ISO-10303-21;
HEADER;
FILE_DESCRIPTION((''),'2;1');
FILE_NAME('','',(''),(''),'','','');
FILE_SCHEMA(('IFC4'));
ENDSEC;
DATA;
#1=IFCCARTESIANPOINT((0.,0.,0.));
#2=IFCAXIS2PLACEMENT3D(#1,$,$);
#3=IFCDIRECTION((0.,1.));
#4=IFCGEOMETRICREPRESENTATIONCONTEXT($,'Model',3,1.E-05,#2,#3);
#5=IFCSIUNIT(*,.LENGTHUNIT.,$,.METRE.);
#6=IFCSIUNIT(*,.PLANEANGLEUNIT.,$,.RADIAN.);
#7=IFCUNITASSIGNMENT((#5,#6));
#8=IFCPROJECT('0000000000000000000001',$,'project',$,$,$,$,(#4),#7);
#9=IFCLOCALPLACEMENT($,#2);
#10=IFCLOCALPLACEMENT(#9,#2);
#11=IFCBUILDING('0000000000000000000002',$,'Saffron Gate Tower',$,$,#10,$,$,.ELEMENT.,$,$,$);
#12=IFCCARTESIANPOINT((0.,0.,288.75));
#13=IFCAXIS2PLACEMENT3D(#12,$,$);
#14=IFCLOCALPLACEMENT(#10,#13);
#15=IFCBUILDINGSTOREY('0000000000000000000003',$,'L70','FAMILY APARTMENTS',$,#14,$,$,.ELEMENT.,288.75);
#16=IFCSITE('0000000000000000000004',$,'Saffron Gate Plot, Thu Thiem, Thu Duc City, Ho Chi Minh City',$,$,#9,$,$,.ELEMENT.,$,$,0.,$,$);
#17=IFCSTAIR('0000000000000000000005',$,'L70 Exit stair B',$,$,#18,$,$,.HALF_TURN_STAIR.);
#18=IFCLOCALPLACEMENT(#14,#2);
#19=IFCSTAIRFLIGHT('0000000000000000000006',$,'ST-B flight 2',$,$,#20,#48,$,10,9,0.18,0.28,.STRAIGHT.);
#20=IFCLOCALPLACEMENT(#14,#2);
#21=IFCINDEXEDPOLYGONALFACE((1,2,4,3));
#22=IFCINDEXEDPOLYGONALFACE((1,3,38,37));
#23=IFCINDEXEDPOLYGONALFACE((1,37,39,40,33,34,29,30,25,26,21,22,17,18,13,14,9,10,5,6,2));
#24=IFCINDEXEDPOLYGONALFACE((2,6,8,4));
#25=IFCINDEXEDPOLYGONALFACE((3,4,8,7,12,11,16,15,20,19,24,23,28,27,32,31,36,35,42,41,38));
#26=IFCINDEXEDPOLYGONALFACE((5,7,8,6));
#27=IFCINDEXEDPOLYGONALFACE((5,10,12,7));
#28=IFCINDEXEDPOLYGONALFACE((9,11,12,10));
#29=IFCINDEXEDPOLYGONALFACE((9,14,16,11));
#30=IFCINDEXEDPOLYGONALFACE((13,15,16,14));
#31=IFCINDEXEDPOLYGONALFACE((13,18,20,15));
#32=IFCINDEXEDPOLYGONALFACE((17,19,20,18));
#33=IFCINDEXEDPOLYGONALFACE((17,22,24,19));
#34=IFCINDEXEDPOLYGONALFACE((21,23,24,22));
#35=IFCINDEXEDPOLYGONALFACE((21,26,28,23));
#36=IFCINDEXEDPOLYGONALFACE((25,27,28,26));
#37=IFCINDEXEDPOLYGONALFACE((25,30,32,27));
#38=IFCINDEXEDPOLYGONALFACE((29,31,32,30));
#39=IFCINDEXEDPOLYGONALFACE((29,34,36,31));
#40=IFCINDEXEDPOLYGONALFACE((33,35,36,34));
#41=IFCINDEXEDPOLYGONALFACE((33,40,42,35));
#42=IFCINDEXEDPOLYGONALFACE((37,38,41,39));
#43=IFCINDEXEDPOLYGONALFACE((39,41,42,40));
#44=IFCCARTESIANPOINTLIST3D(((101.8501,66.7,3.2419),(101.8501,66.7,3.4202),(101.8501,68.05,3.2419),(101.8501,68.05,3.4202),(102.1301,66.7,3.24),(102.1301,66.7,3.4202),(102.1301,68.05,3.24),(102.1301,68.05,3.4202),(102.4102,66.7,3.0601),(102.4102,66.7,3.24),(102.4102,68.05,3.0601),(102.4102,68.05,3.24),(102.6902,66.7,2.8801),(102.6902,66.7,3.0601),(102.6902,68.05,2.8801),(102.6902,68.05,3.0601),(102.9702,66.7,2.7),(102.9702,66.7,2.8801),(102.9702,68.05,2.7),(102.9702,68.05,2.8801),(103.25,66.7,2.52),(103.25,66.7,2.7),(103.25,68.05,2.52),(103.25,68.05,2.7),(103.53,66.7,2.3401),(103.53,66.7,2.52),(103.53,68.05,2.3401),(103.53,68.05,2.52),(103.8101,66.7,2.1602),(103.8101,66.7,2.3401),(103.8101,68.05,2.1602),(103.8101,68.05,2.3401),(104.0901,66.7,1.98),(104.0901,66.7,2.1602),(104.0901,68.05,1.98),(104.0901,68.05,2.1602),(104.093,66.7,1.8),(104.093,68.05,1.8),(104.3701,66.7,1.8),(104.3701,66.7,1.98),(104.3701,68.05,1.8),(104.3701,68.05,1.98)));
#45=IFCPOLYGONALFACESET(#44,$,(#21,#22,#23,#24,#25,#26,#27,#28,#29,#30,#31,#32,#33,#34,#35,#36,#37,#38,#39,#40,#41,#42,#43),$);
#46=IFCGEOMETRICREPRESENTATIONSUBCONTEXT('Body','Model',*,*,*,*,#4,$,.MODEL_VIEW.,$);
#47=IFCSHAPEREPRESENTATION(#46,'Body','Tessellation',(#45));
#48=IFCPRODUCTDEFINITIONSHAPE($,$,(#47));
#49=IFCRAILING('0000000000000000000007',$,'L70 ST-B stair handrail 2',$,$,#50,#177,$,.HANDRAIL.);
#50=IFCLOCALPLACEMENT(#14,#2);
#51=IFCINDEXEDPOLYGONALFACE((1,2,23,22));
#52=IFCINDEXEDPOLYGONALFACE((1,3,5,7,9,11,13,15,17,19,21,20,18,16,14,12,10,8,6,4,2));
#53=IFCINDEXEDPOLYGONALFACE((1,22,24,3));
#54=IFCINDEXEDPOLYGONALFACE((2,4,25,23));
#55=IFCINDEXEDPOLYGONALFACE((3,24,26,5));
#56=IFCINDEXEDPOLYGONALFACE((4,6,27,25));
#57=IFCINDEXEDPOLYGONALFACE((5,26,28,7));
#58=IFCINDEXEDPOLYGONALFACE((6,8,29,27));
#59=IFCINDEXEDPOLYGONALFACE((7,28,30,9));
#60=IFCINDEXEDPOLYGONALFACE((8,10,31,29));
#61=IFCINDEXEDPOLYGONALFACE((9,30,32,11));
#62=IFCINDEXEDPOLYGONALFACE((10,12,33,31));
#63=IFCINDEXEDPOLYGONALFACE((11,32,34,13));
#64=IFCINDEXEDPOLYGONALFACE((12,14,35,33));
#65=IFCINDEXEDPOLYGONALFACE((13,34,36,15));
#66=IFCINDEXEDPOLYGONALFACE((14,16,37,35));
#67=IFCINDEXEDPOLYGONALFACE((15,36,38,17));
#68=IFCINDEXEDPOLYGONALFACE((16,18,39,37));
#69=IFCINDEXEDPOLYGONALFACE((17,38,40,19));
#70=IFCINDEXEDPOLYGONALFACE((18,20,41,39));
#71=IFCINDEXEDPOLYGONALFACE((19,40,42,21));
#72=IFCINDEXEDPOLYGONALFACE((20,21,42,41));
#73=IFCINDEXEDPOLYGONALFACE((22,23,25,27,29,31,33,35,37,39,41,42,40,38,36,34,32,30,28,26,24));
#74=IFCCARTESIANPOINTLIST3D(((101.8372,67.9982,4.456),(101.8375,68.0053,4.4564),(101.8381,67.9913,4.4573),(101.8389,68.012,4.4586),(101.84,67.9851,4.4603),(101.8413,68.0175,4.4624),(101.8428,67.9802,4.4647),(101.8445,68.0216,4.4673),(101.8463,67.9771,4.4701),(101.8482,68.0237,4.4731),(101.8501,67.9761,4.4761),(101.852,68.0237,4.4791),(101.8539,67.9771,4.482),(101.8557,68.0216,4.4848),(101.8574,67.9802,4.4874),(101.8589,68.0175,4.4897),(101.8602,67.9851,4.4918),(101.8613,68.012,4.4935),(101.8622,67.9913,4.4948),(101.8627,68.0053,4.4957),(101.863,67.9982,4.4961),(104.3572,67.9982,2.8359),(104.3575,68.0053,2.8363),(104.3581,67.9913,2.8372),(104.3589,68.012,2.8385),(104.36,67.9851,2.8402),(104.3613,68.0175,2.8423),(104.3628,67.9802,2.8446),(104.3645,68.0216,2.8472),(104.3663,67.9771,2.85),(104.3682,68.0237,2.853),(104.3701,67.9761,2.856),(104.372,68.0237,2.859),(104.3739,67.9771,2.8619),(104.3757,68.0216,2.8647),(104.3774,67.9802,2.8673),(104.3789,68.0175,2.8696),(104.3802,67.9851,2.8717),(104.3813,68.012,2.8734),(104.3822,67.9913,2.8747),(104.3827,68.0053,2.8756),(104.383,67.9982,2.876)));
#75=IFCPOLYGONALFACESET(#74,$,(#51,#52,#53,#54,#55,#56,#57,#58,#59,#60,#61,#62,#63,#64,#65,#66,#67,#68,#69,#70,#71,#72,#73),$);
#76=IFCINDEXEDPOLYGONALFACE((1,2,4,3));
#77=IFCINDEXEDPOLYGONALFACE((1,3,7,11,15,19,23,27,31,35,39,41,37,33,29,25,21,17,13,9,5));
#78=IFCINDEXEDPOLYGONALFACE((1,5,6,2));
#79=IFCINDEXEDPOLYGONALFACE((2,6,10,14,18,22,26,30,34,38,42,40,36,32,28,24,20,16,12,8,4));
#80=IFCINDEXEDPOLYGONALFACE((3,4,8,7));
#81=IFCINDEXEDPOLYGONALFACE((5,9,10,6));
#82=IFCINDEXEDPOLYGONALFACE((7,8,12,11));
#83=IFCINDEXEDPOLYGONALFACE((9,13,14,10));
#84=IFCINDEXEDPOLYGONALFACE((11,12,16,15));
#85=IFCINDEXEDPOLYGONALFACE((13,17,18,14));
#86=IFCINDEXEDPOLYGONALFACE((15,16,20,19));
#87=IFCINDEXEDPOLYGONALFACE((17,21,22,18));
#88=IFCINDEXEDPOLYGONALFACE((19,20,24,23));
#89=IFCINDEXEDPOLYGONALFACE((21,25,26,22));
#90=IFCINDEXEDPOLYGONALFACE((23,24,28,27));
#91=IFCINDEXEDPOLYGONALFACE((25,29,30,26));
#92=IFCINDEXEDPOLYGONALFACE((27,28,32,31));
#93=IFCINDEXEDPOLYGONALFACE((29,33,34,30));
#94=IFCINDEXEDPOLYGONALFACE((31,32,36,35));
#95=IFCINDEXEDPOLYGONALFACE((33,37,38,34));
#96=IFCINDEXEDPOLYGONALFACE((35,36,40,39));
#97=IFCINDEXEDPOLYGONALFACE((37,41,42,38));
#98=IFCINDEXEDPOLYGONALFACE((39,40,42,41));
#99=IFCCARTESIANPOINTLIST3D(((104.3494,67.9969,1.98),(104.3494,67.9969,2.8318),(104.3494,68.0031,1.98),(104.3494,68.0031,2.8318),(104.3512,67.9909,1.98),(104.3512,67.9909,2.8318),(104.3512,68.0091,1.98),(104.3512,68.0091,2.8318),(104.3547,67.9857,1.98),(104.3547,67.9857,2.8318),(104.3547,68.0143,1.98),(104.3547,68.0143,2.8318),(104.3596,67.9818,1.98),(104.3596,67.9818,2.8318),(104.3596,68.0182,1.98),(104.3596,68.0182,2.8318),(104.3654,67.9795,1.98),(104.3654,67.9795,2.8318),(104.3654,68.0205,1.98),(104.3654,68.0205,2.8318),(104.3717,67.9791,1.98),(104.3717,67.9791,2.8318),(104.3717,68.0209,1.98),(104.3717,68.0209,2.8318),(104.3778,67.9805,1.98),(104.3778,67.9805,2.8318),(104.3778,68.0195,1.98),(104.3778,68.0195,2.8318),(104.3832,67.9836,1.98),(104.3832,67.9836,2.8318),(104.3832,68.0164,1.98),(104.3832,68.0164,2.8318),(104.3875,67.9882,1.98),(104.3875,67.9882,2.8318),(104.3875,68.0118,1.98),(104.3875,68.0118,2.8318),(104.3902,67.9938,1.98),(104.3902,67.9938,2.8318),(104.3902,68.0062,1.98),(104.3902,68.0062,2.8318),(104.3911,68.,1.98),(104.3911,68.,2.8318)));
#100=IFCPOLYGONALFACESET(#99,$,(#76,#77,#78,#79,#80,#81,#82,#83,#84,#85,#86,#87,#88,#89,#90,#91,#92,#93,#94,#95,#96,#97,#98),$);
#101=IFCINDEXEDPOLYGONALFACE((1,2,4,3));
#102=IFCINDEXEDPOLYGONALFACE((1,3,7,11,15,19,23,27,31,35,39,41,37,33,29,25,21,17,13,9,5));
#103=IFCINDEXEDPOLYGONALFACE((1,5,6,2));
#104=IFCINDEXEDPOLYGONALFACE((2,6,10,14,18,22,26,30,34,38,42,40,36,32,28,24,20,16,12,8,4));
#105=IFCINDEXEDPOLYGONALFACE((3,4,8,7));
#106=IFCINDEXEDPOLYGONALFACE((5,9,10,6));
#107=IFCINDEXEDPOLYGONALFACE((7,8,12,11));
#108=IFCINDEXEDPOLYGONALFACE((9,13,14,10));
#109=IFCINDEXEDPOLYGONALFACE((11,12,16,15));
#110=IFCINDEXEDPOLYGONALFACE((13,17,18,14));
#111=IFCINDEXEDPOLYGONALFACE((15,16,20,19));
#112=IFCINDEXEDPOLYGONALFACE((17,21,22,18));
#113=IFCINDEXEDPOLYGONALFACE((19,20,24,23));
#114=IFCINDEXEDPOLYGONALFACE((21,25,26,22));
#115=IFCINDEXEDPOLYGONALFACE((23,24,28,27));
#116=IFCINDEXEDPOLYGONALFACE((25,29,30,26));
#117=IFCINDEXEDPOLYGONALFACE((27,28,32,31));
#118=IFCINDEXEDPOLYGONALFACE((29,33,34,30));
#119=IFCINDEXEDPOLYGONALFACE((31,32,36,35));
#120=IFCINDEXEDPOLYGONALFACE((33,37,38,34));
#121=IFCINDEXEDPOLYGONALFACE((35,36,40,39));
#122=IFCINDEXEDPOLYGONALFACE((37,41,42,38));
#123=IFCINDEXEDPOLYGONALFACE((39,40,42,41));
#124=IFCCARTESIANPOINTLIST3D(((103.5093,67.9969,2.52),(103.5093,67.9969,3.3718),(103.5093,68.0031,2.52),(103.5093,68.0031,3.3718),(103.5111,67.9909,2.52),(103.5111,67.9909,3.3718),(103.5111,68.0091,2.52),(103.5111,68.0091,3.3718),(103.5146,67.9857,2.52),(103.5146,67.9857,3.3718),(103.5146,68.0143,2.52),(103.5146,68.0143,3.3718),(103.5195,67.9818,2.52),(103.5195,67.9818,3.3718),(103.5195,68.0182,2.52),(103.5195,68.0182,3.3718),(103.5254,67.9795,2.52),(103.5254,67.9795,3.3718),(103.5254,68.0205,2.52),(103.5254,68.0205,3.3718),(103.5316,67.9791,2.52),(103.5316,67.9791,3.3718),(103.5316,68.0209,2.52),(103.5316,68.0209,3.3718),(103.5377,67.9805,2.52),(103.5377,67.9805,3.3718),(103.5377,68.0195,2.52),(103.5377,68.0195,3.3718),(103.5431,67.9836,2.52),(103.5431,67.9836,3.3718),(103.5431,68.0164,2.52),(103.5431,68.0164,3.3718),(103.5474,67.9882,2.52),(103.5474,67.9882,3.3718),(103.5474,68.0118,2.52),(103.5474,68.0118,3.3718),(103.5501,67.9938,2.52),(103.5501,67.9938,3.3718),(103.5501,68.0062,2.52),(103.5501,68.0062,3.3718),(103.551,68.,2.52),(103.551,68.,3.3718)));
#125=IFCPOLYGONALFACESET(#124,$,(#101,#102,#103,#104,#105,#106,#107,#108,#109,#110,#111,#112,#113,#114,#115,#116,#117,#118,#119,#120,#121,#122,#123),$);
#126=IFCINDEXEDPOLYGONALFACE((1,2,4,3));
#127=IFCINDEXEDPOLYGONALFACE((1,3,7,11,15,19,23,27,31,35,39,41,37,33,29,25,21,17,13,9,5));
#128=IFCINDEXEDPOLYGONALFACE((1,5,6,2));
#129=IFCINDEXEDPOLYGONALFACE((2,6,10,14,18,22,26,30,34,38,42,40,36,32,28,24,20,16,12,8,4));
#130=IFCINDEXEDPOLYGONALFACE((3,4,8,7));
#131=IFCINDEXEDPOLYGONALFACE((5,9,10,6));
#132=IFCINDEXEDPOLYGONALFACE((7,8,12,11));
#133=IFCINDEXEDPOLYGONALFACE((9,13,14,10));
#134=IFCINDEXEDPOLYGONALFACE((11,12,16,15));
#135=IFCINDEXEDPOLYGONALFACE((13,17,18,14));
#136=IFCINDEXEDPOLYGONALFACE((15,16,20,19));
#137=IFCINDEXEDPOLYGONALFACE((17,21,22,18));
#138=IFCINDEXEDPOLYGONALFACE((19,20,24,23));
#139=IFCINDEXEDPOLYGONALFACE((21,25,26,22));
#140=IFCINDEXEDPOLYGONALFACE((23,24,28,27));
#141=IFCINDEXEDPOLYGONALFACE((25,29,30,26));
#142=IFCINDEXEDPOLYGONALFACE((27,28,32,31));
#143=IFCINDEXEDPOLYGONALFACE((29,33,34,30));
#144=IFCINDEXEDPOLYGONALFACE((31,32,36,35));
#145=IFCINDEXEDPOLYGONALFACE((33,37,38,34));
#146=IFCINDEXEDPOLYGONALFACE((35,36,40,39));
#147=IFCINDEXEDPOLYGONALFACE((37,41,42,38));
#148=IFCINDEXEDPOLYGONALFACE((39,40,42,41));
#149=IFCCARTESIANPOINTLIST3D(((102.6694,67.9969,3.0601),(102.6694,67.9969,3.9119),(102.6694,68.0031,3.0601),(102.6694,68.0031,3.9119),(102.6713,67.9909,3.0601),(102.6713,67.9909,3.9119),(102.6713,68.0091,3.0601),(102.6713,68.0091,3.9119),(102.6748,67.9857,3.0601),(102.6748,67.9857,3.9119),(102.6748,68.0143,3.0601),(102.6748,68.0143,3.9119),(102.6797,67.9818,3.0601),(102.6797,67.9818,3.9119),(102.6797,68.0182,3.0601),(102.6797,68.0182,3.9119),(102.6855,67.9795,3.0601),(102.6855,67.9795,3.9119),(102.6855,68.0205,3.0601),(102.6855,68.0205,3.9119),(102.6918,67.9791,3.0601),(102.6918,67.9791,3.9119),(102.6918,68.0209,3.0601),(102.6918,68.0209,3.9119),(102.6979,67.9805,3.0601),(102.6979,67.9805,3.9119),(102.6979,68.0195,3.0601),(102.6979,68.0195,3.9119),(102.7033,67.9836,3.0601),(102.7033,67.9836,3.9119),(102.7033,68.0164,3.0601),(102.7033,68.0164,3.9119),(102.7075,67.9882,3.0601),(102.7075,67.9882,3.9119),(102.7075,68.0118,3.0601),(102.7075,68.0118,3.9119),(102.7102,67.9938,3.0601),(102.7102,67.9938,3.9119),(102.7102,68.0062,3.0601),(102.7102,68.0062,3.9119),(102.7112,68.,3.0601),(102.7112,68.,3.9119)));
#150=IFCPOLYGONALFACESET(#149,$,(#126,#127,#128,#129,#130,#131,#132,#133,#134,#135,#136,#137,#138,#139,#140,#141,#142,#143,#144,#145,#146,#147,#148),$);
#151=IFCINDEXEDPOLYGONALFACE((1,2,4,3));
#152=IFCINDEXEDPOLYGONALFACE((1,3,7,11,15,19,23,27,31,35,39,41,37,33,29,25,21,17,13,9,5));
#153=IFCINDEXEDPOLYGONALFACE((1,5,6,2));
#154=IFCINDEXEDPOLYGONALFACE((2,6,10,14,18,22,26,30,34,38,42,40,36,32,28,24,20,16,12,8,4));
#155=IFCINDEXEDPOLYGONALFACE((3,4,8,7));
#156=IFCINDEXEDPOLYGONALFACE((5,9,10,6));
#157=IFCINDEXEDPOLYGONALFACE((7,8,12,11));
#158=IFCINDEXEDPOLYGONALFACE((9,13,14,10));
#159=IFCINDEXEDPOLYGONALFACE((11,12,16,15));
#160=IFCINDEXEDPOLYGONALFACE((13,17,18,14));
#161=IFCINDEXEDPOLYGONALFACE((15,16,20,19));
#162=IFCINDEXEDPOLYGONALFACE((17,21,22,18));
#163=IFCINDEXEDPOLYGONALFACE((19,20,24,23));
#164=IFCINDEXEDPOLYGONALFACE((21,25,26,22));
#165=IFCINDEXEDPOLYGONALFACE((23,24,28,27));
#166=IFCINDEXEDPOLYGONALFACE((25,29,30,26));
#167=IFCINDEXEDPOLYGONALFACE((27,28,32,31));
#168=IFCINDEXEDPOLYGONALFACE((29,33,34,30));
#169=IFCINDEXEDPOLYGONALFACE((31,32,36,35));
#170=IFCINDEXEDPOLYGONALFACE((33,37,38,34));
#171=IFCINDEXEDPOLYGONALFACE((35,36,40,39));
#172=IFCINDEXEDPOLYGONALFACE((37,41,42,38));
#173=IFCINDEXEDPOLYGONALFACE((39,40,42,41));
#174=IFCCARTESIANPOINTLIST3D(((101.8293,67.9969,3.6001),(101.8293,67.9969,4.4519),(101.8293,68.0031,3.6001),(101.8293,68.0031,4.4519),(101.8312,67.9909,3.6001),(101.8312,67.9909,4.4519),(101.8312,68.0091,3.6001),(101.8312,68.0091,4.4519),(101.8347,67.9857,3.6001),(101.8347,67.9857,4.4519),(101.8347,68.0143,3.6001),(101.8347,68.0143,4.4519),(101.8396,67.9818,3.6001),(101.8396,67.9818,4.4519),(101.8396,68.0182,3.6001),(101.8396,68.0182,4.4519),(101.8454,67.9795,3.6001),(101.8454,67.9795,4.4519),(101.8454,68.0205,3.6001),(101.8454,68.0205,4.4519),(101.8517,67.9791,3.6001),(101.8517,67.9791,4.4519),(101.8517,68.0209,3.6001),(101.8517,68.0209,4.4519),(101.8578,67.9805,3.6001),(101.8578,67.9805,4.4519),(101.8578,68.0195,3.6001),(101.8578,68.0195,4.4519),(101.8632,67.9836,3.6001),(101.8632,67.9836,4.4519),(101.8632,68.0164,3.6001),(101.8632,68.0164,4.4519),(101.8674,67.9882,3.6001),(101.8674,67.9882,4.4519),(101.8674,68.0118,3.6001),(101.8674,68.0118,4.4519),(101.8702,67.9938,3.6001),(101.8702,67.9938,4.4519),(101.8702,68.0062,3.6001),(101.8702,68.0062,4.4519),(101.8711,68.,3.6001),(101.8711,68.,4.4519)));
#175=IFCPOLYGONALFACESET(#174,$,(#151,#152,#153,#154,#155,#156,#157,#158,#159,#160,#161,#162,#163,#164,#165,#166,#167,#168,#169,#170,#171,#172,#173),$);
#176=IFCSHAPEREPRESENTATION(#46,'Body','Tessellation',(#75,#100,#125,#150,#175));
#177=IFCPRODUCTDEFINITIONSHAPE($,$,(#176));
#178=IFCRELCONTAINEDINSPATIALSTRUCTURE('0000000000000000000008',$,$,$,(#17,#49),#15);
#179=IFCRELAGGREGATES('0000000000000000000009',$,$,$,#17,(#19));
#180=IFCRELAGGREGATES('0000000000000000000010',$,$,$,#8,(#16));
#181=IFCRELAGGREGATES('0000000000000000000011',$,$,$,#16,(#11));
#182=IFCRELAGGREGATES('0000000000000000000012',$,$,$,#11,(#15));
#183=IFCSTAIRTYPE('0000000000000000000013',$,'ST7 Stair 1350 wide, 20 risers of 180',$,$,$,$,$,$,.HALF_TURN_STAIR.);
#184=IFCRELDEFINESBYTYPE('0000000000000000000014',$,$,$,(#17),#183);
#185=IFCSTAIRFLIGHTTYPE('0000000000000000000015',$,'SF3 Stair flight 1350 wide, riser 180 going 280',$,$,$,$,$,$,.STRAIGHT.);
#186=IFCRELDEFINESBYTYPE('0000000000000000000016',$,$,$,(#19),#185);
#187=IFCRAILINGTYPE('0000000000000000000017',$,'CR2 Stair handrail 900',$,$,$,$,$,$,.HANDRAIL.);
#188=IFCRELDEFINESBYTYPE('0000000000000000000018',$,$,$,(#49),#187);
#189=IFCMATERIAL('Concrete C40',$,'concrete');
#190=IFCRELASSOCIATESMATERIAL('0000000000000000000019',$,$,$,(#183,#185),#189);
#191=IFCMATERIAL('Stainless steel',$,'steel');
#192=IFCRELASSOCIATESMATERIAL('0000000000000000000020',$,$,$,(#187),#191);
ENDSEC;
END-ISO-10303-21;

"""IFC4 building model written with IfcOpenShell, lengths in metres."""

from ifc_helpers import new_model, si_unit, direction, frame, origin, origin_2d, place, context, subcontext, project, spatial, polyline, circle, outline, extrude, material, type_object, element, aggregate, save


model = new_model("IFC4")

# Units and contexts
model_context = context("Model", 3, precision=1e-05, world=origin(), true_north=direction((0.0, 1.0)))
body_context = subcontext(model_context, "Body", "Model", "MODEL_VIEW")
ifc_project = project(units=[si_unit("LENGTHUNIT", "METRE"), si_unit("PLANEANGLEUNIT", "RADIAN")], contexts=[model_context])

# Site, building, storey
site_placement = place(None, origin())
site = spatial("IfcSite", under=ifc_project, at=site_placement, Name="Saffron Gate Plot, Thu Thiem, Thu Duc City, Ho Chi Minh City", CompositionType="ELEMENT", RefElevation=0.0)
building_placement = place(site_placement, origin())
building = spatial("IfcBuilding", under=site, at=building_placement, Name="Saffron Gate Tower", CompositionType="ELEMENT")
storey_placement = place(building_placement, frame((0.0, 0.0, 288.75)))
storey = spatial("IfcBuildingStorey", under=building, at=storey_placement, Name="L70", Description="FAMILY APARTMENTS", CompositionType="ELEMENT", Elevation=288.75)

# Shared definitions
ifc_material_1 = material(Name="Concrete C40", Category="concrete")

# Stair, stair flight
stair_type = type_object("IfcStairType", Name="ST7 Stair 1350 wide, 20 risers of 180", PredefinedType="HALF_TURN_STAIR", material=ifc_material_1)
stair_placement = place(storey_placement, origin())
stair = element("IfcStair", 1, at=stair_placement, inside=storey, type_object=stair_type, Name="L70 Exit stair B", PredefinedType="HALF_TURN_STAIR")
stair_flight_type = type_object("IfcStairFlightType", Name="SF3 Stair flight 1350 wide, riser 180 going 280", PredefinedType="STRAIGHT", material=ifc_material_1)
stair_flight_placement = place(storey_placement, frame((104.3701, 67.375, 1.8), z_axis=(0.0, 0.0, 1.0), x_axis=(-1.0, 0.0, 0.0)))
stair_flight = element("IfcStairFlight", 2, at=stair_flight_placement, type_object=stair_flight_type, Name="ST-B flight 2", NumberOfRisers=10, NumberOfTreads=9, PredefinedType="STRAIGHT", RiserHeight=0.18, TreadLength=0.28, context=body_context, shape_type="SweptSolid", body=[
    extrude(outline(polyline([(0.0, 0.0), (0.0, 0.1799), (0.28, 0.1799), (0.28, 0.3601), (0.5601, 0.3601), (0.5601, 0.54), (0.8401, 0.54), (0.8401, 0.72), (1.1201, 0.72), (1.1201, 0.8999), (1.3999, 0.8999), (1.3999, 1.0801), (1.6799, 1.0801), (1.6799, 1.26), (1.96, 1.26), (1.96, 1.4399), (2.24, 1.4399), (2.24, 1.6201), (2.52, 1.6201), (2.52, 1.8), (2.52, 1.4419), (0.2771, 0.0), (0.0, 0.0)])), frame((0.0, 0.675, 0.0), z_axis=(0.0, -1.0, 0.0), x_axis=(1.0, 0.0, 0.0)), (0.0, 0.0, 1.0), 1.3501),
])
aggregate(stair, [stair_flight])

# Railing
ifc_material_2 = material(Name="Stainless steel", Category="steel")
railing_type = type_object("IfcRailingType", Name="CR2 Stair handrail 900", PredefinedType="HANDRAIL", material=ifc_material_2)
railing_placement = place(storey_placement, frame((104.3701, 68.0, 1.98)))
element("IfcRailing", 3, at=railing_placement, inside=storey, type_object=railing_type, Name="L70 ST-B stair handrail 2", PredefinedType="HANDRAIL", context=body_context, shape_type="SweptSolid", body=[
    extrude(circle(Radius=0.0239, at=origin_2d()), frame((0.0, 0.0, 0.876), z_axis=(-0.841163, 0.0, 0.540782), x_axis=(0.0, -1.0, 0.0)), (0.0, 0.0, 1.0), 2.9958),
    extrude(circle(Radius=0.021, at=origin_2d()), origin(), (0.0, 0.0, 1.0), 0.8518),
    extrude(circle(Radius=0.021, at=origin_2d()), frame((-0.8401, 0.0, 0.54)), (0.0, 0.0, 1.0), 0.8518),
    extrude(circle(Radius=0.021, at=origin_2d()), frame((-1.6799, 0.0, 1.0801)), (0.0, 0.0, 1.0), 0.8518),
    extrude(circle(Radius=0.021, at=origin_2d()), frame((-2.52, 0.0, 1.6201)), (0.0, 0.0, 1.0), 0.8518),
])

save(model, "model.ifc")
